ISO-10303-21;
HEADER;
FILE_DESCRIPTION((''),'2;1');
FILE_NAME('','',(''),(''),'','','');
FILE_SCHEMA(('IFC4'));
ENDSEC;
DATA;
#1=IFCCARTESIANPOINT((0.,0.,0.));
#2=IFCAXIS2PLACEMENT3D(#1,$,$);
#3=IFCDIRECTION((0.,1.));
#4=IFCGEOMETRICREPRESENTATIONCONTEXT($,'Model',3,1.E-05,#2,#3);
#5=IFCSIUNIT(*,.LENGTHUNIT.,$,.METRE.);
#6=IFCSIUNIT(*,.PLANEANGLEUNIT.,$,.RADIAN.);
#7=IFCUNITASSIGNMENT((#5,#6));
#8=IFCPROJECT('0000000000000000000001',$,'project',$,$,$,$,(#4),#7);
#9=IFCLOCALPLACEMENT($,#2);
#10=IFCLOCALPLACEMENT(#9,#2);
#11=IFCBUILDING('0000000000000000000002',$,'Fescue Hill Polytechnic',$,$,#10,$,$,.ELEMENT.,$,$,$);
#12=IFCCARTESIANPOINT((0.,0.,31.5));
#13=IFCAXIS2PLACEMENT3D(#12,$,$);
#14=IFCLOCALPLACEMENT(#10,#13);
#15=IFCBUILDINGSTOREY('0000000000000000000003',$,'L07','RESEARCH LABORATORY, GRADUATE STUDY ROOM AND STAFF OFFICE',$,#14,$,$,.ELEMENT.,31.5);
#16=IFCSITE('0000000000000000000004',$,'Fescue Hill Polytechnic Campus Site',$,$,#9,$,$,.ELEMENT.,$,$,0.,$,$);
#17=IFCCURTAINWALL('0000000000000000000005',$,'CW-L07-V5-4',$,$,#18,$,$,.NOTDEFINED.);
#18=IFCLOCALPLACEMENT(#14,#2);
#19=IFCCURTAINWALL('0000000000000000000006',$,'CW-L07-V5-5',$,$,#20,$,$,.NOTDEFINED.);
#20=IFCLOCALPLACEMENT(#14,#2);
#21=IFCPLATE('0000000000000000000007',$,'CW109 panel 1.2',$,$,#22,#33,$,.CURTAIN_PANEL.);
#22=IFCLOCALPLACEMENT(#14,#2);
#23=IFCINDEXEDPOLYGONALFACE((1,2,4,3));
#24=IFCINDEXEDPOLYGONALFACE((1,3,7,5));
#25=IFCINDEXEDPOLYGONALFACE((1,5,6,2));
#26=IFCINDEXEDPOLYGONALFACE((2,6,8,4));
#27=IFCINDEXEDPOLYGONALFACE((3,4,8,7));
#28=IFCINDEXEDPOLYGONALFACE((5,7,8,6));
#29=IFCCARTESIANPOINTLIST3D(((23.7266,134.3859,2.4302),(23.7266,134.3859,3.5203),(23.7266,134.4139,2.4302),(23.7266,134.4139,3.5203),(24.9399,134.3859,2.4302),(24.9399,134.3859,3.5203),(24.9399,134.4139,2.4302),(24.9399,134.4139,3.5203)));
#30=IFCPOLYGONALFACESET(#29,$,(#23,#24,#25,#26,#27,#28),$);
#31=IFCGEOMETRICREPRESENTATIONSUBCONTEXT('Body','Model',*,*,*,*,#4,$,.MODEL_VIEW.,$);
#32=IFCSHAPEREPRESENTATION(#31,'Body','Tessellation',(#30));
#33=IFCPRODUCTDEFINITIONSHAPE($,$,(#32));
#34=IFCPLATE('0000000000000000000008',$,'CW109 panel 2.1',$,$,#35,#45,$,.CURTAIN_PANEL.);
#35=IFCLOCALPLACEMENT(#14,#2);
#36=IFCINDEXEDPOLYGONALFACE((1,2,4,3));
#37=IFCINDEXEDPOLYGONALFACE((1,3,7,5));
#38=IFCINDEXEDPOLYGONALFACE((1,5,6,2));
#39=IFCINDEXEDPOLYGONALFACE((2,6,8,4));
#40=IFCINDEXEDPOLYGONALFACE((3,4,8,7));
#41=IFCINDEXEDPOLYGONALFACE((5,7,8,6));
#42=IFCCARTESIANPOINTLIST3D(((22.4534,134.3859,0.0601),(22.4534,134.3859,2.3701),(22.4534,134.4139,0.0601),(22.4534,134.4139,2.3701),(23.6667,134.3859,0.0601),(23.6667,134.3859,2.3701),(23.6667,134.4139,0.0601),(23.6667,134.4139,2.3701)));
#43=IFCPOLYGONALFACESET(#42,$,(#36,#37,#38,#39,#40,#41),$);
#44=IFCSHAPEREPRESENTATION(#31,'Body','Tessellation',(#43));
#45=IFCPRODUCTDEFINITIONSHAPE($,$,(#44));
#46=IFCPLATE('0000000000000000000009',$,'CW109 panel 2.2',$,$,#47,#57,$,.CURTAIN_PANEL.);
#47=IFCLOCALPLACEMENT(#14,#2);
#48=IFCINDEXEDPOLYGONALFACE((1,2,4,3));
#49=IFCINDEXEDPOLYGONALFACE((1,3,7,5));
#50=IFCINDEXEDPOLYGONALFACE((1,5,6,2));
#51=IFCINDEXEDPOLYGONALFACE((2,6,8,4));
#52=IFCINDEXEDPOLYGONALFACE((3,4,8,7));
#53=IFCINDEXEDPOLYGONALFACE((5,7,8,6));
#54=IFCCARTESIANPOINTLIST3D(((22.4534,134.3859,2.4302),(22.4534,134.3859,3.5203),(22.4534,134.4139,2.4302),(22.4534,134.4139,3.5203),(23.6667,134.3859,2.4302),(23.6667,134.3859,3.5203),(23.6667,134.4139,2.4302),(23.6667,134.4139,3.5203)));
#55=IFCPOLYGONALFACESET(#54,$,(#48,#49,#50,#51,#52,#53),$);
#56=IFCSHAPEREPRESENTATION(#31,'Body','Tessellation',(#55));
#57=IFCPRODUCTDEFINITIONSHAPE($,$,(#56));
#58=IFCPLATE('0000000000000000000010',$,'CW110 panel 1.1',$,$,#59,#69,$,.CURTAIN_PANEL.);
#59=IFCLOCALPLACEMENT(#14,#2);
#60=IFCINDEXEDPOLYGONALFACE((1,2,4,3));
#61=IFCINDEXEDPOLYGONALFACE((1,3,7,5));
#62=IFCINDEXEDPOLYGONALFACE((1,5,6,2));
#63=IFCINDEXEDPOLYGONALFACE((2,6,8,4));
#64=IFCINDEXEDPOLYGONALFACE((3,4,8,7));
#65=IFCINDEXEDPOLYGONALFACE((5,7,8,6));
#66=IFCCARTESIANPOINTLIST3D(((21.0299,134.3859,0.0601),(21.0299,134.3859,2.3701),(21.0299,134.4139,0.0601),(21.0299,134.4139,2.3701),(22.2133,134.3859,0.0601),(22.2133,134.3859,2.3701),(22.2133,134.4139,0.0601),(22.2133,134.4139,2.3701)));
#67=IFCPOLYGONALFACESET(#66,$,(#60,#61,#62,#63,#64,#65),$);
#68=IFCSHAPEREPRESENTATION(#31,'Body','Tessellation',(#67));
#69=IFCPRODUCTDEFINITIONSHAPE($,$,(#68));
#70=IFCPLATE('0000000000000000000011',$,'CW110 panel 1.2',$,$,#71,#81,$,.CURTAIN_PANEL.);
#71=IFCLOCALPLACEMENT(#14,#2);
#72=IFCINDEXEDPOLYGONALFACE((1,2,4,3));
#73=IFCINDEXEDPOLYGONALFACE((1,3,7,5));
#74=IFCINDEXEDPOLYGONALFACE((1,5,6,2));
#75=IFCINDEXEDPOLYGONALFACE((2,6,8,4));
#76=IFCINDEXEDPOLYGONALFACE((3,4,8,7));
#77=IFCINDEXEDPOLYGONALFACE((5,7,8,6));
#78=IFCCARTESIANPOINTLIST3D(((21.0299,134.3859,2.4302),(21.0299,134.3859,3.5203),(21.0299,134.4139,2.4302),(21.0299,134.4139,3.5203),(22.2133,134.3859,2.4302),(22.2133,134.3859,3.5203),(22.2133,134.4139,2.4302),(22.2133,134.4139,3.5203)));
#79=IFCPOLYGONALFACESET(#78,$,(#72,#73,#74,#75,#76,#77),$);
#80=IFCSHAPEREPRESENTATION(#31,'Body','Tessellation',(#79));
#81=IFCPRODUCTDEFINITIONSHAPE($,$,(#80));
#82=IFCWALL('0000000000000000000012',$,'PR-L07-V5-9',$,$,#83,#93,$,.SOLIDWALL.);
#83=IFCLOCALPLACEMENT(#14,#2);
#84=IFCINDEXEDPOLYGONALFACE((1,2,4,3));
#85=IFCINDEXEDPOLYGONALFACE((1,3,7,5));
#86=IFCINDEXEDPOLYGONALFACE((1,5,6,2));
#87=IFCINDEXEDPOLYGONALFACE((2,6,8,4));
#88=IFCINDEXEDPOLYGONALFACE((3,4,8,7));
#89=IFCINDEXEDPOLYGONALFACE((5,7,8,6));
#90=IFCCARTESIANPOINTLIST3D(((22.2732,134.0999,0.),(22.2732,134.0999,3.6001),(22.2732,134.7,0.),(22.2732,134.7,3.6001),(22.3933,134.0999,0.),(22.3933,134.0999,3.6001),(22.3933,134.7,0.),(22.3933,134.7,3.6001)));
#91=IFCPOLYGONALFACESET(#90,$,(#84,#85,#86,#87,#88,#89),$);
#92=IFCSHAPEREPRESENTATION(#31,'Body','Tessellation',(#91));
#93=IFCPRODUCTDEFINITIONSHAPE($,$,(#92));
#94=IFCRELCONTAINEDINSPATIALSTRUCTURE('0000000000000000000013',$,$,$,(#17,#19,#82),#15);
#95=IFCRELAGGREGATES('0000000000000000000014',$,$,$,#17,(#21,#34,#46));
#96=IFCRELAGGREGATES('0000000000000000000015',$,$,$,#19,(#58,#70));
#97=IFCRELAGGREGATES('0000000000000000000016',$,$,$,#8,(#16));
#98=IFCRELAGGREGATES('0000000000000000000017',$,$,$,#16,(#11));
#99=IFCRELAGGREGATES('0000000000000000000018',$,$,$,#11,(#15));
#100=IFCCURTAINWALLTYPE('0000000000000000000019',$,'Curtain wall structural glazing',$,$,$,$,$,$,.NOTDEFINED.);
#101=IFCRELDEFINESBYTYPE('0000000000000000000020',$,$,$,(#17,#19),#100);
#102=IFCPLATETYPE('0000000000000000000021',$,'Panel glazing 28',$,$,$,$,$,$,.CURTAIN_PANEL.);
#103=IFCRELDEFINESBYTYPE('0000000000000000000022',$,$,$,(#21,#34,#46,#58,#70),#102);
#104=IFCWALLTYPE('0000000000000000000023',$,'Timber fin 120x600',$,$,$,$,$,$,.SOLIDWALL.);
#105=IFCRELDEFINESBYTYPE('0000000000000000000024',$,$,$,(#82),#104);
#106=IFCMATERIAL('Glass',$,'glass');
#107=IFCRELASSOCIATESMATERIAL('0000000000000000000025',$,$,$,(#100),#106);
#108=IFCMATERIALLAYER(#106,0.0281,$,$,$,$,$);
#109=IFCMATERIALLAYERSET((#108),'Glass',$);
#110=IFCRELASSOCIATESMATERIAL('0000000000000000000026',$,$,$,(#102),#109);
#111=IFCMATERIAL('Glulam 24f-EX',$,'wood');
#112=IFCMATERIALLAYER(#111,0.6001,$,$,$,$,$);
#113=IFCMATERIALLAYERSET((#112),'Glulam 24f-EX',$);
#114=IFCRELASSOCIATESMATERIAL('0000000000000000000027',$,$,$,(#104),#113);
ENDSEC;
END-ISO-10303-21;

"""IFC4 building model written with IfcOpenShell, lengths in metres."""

from ifc_helpers import new_model, si_unit, direction, frame, frame_2d, origin, origin_2d, place, context, subcontext, project, spatial, rectangle, extrude, material, layer, layer_set, type_object, element, aggregate, save


model = new_model("IFC4")

# Units and contexts
model_context = context("Model", 3, precision=1e-05, world=origin(), true_north=direction((0.0, 1.0)))
body_context = subcontext(model_context, "Body", "Model", "MODEL_VIEW")
ifc_project = project(units=[si_unit("LENGTHUNIT", "METRE"), si_unit("PLANEANGLEUNIT", "RADIAN")], contexts=[model_context])

# Site, building, storey
site_placement = place(None, origin())
site = spatial("IfcSite", under=ifc_project, at=site_placement, Name="Fescue Hill Polytechnic Campus Site", CompositionType="ELEMENT", RefElevation=0.0)
building_placement = place(site_placement, origin())
building = spatial("IfcBuilding", under=site, at=building_placement, Name="Fescue Hill Polytechnic", CompositionType="ELEMENT")
storey_placement = place(building_placement, frame((0.0, 0.0, 31.5)))
storey = spatial("IfcBuildingStorey", under=building, at=storey_placement, Name="L07", Description="RESEARCH LABORATORY, GRADUATE STUDY ROOM AND STAFF OFFICE", CompositionType="ELEMENT", Elevation=31.5)

# Curtain walls
ifc_material_1 = material(Name="Glass", Category="glass")
curtain_wall_type = type_object("IfcCurtainWallType", Name="Curtain wall structural glazing", PredefinedType="NOTDEFINED", material=ifc_material_1)
curtain_wall_1_placement = place(storey_placement, origin())
curtain_wall_1 = element("IfcCurtainWall", 1, at=curtain_wall_1_placement, inside=storey, type_object=curtain_wall_type, Name="CW-L07-V5-4", PredefinedType="NOTDEFINED")
curtain_wall_2_placement = place(storey_placement, origin())
curtain_wall_2 = element("IfcCurtainWall", 2, at=curtain_wall_2_placement, inside=storey, type_object=curtain_wall_type, Name="CW-L07-V5-5", PredefinedType="NOTDEFINED")

# Plates
ifc_layer_1 = layer(ifc_material_1, 0.0281)
ifc_layer_set_1 = layer_set([ifc_layer_1], Name="Glass")
plate_type = type_object("IfcPlateType", Name="Panel glazing 28", PredefinedType="CURTAIN_PANEL", material=ifc_layer_set_1)
plate_1_placement = place(storey_placement, frame((24.3333, 134.3999, 2.4302), z_axis=(0.0, 0.0, 1.0), x_axis=(-1.0, 0.0, 0.0)))
plate_1 = element("IfcPlate", 3, at=plate_1_placement, type_object=plate_type, Name="CW109 panel 1.2", PredefinedType="CURTAIN_PANEL", context=body_context, shape_type="SweptSolid", body=[
    extrude(rectangle(XDim=1.2134, YDim=0.0281, at=origin_2d()), origin(), (0.0, 0.0, 1.0), 1.0901),
])
plate_2_placement = place(storey_placement, frame((23.0601, 134.3999, 0.0601), z_axis=(0.0, 0.0, 1.0), x_axis=(-1.0, 0.0, 0.0)))
plate_2 = element("IfcPlate", 4, at=plate_2_placement, type_object=plate_type, Name="CW109 panel 2.1", PredefinedType="CURTAIN_PANEL", context=body_context, shape_type="SweptSolid", body=[
    extrude(rectangle(XDim=1.2134, YDim=0.0281, at=origin_2d()), origin(), (0.0, 0.0, 1.0), 2.3101),
])
plate_3_placement = place(storey_placement, frame((23.0601, 134.3999, 2.4302), z_axis=(0.0, 0.0, 1.0), x_axis=(-1.0, 0.0, 0.0)))
plate_3 = element("IfcPlate", 5, at=plate_3_placement, type_object=plate_type, Name="CW109 panel 2.2", PredefinedType="CURTAIN_PANEL", context=body_context, shape_type="SweptSolid", body=[
    extrude(rectangle(XDim=1.2134, YDim=0.0281, at=origin_2d()), origin(), (0.0, 0.0, 1.0), 1.0901),
])
aggregate(curtain_wall_1, [plate_1, plate_2, plate_3])
plate_4_placement = place(storey_placement, frame((21.6216, 134.3999, 0.0601), z_axis=(0.0, 0.0, 1.0), x_axis=(-1.0, 0.0, 0.0)))
plate_4 = element("IfcPlate", 6, at=plate_4_placement, type_object=plate_type, Name="CW110 panel 1.1", PredefinedType="CURTAIN_PANEL", context=body_context, shape_type="SweptSolid", body=[
    extrude(rectangle(XDim=1.1833, YDim=0.0281, at=origin_2d()), origin(), (0.0, 0.0, 1.0), 2.3101),
])
plate_5_placement = place(storey_placement, frame((21.6216, 134.3999, 2.4302), z_axis=(0.0, 0.0, 1.0), x_axis=(-1.0, 0.0, 0.0)))
plate_5 = element("IfcPlate", 7, at=plate_5_placement, type_object=plate_type, Name="CW110 panel 1.2", PredefinedType="CURTAIN_PANEL", context=body_context, shape_type="SweptSolid", body=[
    extrude(rectangle(XDim=1.1833, YDim=0.0281, at=origin_2d()), origin(), (0.0, 0.0, 1.0), 1.0901),
])
aggregate(curtain_wall_2, [plate_4, plate_5])

# Wall
ifc_material_2 = material(Name="Glulam 24f-EX", Category="wood")
ifc_layer_2 = layer(ifc_material_2, 0.6001)
ifc_layer_set_2 = layer_set([ifc_layer_2], Name="Glulam 24f-EX")
wall_type = type_object("IfcWallType", Name="Timber fin 120x600", PredefinedType="SOLIDWALL", material=ifc_layer_set_2)
wall_placement = place(storey_placement, frame((22.3933, 134.3999, 0.0), z_axis=(0.0, 0.0, 1.0), x_axis=(-1.0, 0.0, 0.0)))
element("IfcWall", 8, at=wall_placement, inside=storey, type_object=wall_type, Name="PR-L07-V5-9", PredefinedType="SOLIDWALL", context=body_context, shape_type="SweptSolid", body=[
    extrude(rectangle(XDim=0.1201, YDim=0.6001, at=frame_2d((0.0601, 0.0))), origin(), (0.0, 0.0, 1.0), 3.6001),
])

save(model, "model.ifc")
